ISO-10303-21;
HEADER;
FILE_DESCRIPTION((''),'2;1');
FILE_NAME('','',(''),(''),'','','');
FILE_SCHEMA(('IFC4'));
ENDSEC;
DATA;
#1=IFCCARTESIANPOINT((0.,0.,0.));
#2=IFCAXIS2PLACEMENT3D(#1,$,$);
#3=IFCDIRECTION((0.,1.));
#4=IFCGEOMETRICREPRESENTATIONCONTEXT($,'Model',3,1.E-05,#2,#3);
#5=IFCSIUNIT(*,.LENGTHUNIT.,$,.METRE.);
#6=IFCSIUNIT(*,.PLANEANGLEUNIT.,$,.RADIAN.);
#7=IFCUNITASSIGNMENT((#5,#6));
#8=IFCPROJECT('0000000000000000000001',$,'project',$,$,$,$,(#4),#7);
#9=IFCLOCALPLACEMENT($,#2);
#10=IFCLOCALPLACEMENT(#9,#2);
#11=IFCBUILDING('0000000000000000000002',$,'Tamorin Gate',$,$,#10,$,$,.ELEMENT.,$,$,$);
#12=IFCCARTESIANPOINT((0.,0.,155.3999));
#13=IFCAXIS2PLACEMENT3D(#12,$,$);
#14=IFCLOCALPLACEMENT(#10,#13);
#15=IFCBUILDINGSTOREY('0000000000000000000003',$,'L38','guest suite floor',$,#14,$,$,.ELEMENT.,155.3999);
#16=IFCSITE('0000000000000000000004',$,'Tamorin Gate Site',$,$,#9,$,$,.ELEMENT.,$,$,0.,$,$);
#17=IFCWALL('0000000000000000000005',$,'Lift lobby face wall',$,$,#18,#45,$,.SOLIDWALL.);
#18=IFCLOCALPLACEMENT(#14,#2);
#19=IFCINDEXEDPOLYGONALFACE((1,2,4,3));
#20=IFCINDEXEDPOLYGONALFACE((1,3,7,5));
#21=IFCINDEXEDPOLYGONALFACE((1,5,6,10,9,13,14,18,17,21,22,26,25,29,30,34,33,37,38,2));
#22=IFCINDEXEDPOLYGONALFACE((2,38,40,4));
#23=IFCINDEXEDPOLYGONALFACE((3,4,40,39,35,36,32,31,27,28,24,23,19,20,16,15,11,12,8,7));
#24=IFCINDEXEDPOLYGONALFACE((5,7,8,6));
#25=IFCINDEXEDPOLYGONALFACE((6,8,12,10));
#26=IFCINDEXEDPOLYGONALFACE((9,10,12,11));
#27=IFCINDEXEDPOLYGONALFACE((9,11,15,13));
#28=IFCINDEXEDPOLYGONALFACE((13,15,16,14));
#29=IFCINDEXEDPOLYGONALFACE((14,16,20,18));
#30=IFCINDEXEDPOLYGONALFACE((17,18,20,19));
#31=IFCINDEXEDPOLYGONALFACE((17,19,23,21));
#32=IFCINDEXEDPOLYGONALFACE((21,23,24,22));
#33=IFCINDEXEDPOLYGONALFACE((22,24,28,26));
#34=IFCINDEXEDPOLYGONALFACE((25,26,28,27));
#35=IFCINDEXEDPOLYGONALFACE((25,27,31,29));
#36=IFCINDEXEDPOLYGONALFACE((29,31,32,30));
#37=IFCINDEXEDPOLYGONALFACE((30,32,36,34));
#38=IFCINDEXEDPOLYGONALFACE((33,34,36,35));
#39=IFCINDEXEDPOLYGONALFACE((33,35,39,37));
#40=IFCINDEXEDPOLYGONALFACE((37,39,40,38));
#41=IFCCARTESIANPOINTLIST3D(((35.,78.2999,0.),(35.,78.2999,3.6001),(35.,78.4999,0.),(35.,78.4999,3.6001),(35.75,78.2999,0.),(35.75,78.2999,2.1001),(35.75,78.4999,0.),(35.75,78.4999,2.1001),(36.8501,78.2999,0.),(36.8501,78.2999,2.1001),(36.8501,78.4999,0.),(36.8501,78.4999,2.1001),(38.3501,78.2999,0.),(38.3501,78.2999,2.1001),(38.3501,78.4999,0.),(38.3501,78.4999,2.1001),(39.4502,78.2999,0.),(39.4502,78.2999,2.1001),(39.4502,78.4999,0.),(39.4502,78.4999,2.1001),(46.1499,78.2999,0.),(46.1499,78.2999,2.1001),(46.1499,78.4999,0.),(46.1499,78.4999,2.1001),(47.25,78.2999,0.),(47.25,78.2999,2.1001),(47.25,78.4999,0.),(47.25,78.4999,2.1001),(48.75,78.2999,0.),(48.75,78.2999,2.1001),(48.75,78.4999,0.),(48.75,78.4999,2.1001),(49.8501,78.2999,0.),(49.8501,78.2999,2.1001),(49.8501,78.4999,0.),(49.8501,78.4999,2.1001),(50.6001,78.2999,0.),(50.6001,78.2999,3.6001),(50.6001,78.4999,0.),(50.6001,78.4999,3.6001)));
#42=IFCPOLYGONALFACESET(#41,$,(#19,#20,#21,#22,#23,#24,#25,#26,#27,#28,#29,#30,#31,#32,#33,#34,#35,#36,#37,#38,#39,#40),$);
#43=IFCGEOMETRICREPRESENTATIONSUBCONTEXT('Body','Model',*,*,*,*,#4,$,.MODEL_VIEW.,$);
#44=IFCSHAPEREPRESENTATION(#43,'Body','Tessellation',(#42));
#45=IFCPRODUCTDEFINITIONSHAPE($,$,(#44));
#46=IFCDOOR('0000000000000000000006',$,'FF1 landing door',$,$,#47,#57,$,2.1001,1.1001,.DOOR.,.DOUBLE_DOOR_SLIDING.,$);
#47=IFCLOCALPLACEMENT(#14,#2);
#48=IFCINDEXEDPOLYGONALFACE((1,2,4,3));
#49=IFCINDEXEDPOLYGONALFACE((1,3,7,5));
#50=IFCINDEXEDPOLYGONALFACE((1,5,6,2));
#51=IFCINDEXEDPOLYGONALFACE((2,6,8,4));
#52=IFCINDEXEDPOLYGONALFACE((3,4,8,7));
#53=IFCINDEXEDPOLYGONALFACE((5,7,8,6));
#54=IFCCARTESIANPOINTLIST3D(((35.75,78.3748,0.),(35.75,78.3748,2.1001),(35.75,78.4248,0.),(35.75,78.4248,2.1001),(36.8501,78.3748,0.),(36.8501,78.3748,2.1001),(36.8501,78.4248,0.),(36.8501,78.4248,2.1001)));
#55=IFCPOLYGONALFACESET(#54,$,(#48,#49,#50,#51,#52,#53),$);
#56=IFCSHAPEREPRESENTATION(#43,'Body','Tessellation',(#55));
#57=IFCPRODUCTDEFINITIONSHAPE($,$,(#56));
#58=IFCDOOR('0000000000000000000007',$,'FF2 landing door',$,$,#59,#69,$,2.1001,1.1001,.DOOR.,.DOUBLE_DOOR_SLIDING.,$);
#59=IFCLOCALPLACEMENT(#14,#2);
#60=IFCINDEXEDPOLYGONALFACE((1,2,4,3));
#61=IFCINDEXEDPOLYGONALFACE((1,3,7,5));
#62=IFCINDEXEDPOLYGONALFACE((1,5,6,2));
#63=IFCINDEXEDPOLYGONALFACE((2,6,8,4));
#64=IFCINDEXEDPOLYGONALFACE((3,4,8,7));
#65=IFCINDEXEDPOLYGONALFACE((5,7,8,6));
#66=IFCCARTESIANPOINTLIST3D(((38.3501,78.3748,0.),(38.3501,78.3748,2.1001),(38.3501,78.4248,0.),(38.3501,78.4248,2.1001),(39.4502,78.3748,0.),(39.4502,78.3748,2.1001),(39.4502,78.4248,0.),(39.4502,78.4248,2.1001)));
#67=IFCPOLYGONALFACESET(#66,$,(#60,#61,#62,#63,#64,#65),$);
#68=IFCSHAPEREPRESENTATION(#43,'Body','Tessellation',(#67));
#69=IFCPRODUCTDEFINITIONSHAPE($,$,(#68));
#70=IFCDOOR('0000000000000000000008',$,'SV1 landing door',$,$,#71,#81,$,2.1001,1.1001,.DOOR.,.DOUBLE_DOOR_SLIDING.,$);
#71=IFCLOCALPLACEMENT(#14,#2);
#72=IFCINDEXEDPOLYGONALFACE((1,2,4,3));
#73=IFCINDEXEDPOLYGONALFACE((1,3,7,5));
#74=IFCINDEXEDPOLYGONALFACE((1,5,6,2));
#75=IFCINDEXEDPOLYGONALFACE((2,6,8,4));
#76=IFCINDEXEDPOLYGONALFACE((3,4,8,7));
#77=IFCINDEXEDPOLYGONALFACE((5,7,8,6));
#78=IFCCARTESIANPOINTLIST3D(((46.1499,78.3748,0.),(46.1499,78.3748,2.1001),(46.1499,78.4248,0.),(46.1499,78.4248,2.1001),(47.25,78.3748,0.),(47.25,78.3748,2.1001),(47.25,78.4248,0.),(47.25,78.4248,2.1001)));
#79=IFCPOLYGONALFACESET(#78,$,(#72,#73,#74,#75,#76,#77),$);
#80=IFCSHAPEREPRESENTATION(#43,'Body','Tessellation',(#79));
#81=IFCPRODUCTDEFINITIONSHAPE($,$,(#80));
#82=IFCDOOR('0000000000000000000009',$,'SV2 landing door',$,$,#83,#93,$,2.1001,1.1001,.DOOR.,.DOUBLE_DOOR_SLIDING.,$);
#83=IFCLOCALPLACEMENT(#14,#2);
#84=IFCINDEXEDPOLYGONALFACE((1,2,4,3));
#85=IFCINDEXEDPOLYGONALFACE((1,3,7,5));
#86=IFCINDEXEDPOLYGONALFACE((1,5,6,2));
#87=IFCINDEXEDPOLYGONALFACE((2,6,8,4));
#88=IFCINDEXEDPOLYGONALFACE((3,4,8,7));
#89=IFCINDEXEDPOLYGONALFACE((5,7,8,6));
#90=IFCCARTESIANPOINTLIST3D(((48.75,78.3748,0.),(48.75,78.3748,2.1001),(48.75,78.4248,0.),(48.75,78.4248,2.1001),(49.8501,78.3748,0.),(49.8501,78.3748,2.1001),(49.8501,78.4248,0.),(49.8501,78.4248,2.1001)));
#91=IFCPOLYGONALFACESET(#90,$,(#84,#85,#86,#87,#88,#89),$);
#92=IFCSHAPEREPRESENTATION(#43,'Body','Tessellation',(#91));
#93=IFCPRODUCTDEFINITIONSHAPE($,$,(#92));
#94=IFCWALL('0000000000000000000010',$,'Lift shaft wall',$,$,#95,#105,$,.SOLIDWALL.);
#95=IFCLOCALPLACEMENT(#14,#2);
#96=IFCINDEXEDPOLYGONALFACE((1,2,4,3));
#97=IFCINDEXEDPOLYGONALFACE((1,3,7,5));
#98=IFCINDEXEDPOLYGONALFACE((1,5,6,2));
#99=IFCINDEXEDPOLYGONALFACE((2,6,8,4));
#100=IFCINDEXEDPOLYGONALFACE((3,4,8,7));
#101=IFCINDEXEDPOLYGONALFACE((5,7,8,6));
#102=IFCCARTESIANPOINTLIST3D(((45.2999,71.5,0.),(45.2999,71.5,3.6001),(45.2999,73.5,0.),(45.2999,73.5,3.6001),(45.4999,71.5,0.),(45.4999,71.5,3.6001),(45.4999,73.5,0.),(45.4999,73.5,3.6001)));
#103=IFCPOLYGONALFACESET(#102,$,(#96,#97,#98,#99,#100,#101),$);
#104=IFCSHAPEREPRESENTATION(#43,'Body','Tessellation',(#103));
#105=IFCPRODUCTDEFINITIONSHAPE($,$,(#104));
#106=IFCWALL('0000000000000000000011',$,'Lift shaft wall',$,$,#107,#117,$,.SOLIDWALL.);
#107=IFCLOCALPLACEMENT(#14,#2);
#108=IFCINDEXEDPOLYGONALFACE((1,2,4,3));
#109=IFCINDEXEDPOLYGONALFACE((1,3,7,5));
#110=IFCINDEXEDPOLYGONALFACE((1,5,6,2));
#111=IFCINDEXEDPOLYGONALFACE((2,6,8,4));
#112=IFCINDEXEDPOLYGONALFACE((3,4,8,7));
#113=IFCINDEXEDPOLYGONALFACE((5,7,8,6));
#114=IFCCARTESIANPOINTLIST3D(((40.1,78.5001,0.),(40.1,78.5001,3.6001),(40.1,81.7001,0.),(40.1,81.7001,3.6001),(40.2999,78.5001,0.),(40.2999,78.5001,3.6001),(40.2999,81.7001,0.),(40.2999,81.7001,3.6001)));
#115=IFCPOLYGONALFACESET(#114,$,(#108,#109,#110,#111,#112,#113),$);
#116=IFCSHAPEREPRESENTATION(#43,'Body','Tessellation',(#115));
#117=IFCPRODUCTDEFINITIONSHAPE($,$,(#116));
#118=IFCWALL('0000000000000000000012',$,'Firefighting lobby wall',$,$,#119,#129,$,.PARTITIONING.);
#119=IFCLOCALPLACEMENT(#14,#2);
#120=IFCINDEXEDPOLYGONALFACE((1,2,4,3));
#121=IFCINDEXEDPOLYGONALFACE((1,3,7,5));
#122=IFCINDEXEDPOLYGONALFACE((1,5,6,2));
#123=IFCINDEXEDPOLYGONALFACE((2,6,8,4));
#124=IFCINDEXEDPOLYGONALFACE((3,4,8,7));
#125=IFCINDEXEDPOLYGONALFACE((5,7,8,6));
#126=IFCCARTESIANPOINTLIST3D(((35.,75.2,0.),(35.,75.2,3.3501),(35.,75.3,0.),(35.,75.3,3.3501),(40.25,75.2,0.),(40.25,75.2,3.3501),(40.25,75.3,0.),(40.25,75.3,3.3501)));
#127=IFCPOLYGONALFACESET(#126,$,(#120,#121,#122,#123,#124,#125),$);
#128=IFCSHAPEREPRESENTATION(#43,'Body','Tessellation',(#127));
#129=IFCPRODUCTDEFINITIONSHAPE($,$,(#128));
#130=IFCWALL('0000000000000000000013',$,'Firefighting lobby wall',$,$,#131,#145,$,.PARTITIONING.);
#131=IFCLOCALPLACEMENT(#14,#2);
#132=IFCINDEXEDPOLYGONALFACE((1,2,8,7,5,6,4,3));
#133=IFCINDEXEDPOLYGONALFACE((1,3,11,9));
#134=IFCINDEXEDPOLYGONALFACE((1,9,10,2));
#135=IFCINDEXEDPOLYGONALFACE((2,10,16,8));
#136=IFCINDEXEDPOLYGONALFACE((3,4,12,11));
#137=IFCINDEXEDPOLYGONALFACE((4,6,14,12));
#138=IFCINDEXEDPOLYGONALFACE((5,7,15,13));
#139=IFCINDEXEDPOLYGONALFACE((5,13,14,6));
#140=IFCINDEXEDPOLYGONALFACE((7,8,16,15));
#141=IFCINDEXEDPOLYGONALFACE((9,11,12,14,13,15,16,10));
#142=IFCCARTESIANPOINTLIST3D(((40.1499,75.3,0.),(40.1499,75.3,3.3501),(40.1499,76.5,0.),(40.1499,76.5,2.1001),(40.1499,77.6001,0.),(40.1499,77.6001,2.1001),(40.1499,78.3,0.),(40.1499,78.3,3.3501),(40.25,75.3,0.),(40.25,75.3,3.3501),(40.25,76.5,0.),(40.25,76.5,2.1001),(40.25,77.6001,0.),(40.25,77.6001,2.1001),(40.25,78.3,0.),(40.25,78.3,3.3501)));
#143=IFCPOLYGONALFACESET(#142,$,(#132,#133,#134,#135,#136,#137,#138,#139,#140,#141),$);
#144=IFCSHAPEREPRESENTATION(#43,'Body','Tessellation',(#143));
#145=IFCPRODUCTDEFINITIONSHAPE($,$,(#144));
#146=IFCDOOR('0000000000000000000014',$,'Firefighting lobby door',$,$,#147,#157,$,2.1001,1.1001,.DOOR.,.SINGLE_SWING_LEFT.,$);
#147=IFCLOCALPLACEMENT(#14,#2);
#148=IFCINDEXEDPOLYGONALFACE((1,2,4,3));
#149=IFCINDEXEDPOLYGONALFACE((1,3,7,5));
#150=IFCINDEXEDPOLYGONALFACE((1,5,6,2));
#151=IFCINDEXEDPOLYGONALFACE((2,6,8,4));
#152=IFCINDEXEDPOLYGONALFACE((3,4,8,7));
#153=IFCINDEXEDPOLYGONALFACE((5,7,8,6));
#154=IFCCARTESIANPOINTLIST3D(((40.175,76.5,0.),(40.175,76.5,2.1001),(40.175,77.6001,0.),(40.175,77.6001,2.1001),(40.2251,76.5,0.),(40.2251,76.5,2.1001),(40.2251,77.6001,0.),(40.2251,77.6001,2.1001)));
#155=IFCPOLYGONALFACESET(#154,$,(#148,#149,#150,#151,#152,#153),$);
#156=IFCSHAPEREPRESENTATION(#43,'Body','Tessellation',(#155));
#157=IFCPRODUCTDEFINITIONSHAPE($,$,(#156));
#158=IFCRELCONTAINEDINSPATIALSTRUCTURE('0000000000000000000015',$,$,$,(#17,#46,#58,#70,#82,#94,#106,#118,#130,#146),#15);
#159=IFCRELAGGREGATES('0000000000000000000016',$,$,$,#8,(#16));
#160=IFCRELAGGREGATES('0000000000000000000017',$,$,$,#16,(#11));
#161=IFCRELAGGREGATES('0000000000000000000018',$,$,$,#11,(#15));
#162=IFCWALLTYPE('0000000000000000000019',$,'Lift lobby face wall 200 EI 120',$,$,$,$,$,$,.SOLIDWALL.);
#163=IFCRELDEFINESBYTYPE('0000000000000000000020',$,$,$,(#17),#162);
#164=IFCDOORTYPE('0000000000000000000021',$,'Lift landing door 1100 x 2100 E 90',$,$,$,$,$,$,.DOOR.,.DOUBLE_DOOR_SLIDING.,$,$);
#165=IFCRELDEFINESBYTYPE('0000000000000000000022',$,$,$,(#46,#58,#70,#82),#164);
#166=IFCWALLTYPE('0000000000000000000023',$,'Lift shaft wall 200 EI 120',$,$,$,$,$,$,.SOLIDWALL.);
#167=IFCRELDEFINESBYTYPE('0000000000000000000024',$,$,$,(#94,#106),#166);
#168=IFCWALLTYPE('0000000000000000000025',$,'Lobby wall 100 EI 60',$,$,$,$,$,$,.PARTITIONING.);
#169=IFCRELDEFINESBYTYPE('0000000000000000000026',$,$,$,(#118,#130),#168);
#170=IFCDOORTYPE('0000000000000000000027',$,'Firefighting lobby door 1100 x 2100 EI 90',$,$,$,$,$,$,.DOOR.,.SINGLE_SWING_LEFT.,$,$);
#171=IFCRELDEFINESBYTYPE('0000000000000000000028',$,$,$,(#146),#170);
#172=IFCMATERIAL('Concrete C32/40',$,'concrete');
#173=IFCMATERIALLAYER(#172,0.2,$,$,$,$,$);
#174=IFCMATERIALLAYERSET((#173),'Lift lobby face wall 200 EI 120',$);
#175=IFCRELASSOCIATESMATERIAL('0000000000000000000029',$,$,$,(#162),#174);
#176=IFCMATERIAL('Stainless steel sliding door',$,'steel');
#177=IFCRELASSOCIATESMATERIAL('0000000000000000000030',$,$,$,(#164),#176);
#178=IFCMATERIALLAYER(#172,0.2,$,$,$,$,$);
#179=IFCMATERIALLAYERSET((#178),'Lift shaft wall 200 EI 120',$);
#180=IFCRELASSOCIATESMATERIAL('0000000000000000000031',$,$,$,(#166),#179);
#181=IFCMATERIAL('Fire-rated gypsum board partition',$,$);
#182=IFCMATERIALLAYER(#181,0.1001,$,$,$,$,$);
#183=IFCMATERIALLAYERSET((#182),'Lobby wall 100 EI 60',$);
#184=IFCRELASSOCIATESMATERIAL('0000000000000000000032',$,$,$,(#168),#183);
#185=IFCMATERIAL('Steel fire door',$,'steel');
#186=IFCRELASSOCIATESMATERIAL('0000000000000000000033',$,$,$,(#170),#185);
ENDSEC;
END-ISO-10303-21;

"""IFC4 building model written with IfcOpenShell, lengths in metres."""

from ifc_helpers import new_model, si_unit, direction, frame, frame_2d, origin, place, context, subcontext, project, spatial, rectangle, extrude, material, layer, layer_set, type_object, element, fill, save


model = new_model("IFC4")

# Units and contexts
model_context = context("Model", 3, precision=1e-05, world=origin(), true_north=direction((0.0, 1.0)))
body_context = subcontext(model_context, "Body", "Model", "MODEL_VIEW")
ifc_project = project(units=[si_unit("LENGTHUNIT", "METRE"), si_unit("PLANEANGLEUNIT", "RADIAN")], contexts=[model_context])

# Site, building, storey
site_placement = place(None, origin())
site = spatial("IfcSite", under=ifc_project, at=site_placement, Name="Tamorin Gate Site", CompositionType="ELEMENT", RefElevation=0.0)
building_placement = place(site_placement, origin())
building = spatial("IfcBuilding", under=site, at=building_placement, Name="Tamorin Gate", CompositionType="ELEMENT")
storey_placement = place(building_placement, frame((0.0, 0.0, 155.3999)))
storey = spatial("IfcBuildingStorey", under=building, at=storey_placement, Name="L38", Description="guest suite floor", CompositionType="ELEMENT", Elevation=155.3999)

# Wall, openings, doors
ifc_material_1 = material(Name="Concrete C32/40", Category="concrete")
ifc_layer_1 = layer(ifc_material_1, 0.2)
ifc_layer_set_1 = layer_set([ifc_layer_1], Name="Lift lobby face wall 200 EI 120")
wall_type_1 = type_object("IfcWallType", Name="Lift lobby face wall 200 EI 120", PredefinedType="SOLIDWALL", material=ifc_layer_set_1)
ifc_material_2 = material(Name="Stainless steel sliding door", Category="steel")
door_type_1 = type_object("IfcDoorType", Name="Lift landing door 1100 x 2100 E 90", OperationType="DOUBLE_DOOR_SLIDING", PredefinedType="DOOR", material=ifc_material_2)
wall_1_placement = place(storey_placement, frame((35.0, 78.3999, 0.0), z_axis=(0.0, 0.0, 1.0), x_axis=(1.0, 0.0, 0.0)))
wall_1 = element("IfcWall", 1, at=wall_1_placement, inside=storey, type_object=wall_type_1, Name="Lift lobby face wall", PredefinedType="SOLIDWALL", context=body_context, shape_type="SweptSolid", body=[
    extrude(rectangle(XDim=15.6001, YDim=0.2, at=frame_2d((7.8, 0.0))), origin(), (0.0, 0.0, 1.0), 3.6001),
])
opening_1_placement = place(wall_1_placement, frame((0.75, 0.0, 0.0)))
opening_1 = element("IfcOpeningElement", 2, at=opening_1_placement, cuts=wall_1, PredefinedType="OPENING", context=body_context, shape_type="SweptSolid", body=[
    extrude(rectangle(XDim=1.1001, YDim=2.1001, at=frame_2d((0.55, 1.05))), frame((0.0, 0.1099, 0.0), z_axis=(0.0, -1.0, 0.0), x_axis=(1.0, 0.0, 0.0)), (0.0, 0.0, 1.0), 0.22),
])
opening_2_placement = place(wall_1_placement, frame((3.3501, 0.0, 0.0)))
opening_2 = element("IfcOpeningElement", 3, at=opening_2_placement, cuts=wall_1, PredefinedType="OPENING", context=body_context, shape_type="SweptSolid", body=[
    extrude(rectangle(XDim=1.1001, YDim=2.1001, at=frame_2d((0.55, 1.05))), frame((0.0, 0.1099, 0.0), z_axis=(0.0, -1.0, 0.0), x_axis=(1.0, 0.0, 0.0)), (0.0, 0.0, 1.0), 0.22),
])
opening_3_placement = place(wall_1_placement, frame((11.1499, 0.0, 0.0)))
opening_3 = element("IfcOpeningElement", 4, at=opening_3_placement, cuts=wall_1, PredefinedType="OPENING", context=body_context, shape_type="SweptSolid", body=[
    extrude(rectangle(XDim=1.1001, YDim=2.1001, at=frame_2d((0.55, 1.05))), frame((0.0, 0.1099, 0.0), z_axis=(0.0, -1.0, 0.0), x_axis=(1.0, 0.0, 0.0)), (0.0, 0.0, 1.0), 0.22),
])
opening_4_placement = place(wall_1_placement, frame((13.75, 0.0, 0.0)))
opening_4 = element("IfcOpeningElement", 5, at=opening_4_placement, cuts=wall_1, PredefinedType="OPENING", context=body_context, shape_type="SweptSolid", body=[
    extrude(rectangle(XDim=1.1001, YDim=2.1001, at=frame_2d((0.55, 1.05))), frame((0.0, 0.1099, 0.0), z_axis=(0.0, -1.0, 0.0), x_axis=(1.0, 0.0, 0.0)), (0.0, 0.0, 1.0), 0.22),
])
door_1_placement = place(opening_1_placement, origin())
door_1 = element("IfcDoor", 6, at=door_1_placement, inside=storey, type_object=door_type_1, Name="FF1 landing door", OperationType="DOUBLE_DOOR_SLIDING", OverallHeight=2.1001, OverallWidth=1.1001, PredefinedType="DOOR", context=body_context, shape_type="SweptSolid", body=[
    extrude(rectangle(XDim=1.1001, YDim=2.1001, at=frame_2d((0.55, 1.05))), frame((0.0, 0.0249, 0.0), z_axis=(0.0, -1.0, 0.0), x_axis=(1.0, 0.0, 0.0)), (0.0, 0.0, 1.0), 0.05),
])
fill(opening_1, door_1)
door_2_placement = place(opening_2_placement, origin())
door_2 = element("IfcDoor", 7, at=door_2_placement, inside=storey, type_object=door_type_1, Name="FF2 landing door", OperationType="DOUBLE_DOOR_SLIDING", OverallHeight=2.1001, OverallWidth=1.1001, PredefinedType="DOOR", context=body_context, shape_type="SweptSolid", body=[
    extrude(rectangle(XDim=1.1001, YDim=2.1001, at=frame_2d((0.55, 1.05))), frame((0.0, 0.0249, 0.0), z_axis=(0.0, -1.0, 0.0), x_axis=(1.0, 0.0, 0.0)), (0.0, 0.0, 1.0), 0.05),
])
fill(opening_2, door_2)
door_3_placement = place(opening_3_placement, origin())
door_3 = element("IfcDoor", 8, at=door_3_placement, inside=storey, type_object=door_type_1, Name="SV1 landing door", OperationType="DOUBLE_DOOR_SLIDING", OverallHeight=2.1001, OverallWidth=1.1001, PredefinedType="DOOR", context=body_context, shape_type="SweptSolid", body=[
    extrude(rectangle(XDim=1.1001, YDim=2.1001, at=frame_2d((0.55, 1.05))), frame((0.0, 0.0249, 0.0), z_axis=(0.0, -1.0, 0.0), x_axis=(1.0, 0.0, 0.0)), (0.0, 0.0, 1.0), 0.05),
])
fill(opening_3, door_3)
door_4_placement = place(opening_4_placement, origin())
door_4 = element("IfcDoor", 9, at=door_4_placement, inside=storey, type_object=door_type_1, Name="SV2 landing door", OperationType="DOUBLE_DOOR_SLIDING", OverallHeight=2.1001, OverallWidth=1.1001, PredefinedType="DOOR", context=body_context, shape_type="SweptSolid", body=[
    extrude(rectangle(XDim=1.1001, YDim=2.1001, at=frame_2d((0.55, 1.05))), frame((0.0, 0.0249, 0.0), z_axis=(0.0, -1.0, 0.0), x_axis=(1.0, 0.0, 0.0)), (0.0, 0.0, 1.0), 0.05),
])
fill(opening_4, door_4)

# Walls
ifc_layer_2 = layer(ifc_material_1, 0.2)
ifc_layer_set_2 = layer_set([ifc_layer_2], Name="Lift shaft wall 200 EI 120")
wall_type_2 = type_object("IfcWallType", Name="Lift shaft wall 200 EI 120", PredefinedType="SOLIDWALL", material=ifc_layer_set_2)
wall_2_placement = place(storey_placement, frame((45.3999, 71.5, 0.0), z_axis=(0.0, 0.0, 1.0), x_axis=(0.0, 1.0, 0.0)))
element("IfcWall", 10, at=wall_2_placement, inside=storey, type_object=wall_type_2, Name="Lift shaft wall", PredefinedType="SOLIDWALL", context=body_context, shape_type="SweptSolid", body=[
    extrude(rectangle(XDim=2.0, YDim=0.2, at=frame_2d((1.0, 0.0))), origin(), (0.0, 0.0, 1.0), 3.6001),
])
wall_3_placement = place(storey_placement, frame((40.2, 78.5, 0.0), z_axis=(0.0, 0.0, 1.0), x_axis=(0.0, 1.0, 0.0)))
element("IfcWall", 11, at=wall_3_placement, inside=storey, type_object=wall_type_2, Name="Lift shaft wall", PredefinedType="SOLIDWALL", context=body_context, shape_type="SweptSolid", body=[
    extrude(rectangle(XDim=3.2, YDim=0.2, at=frame_2d((1.6001, 0.0))), origin(), (0.0, 0.0, 1.0), 3.6001),
])
ifc_material_3 = material(Name="Fire-rated gypsum board partition")
ifc_layer_3 = layer(ifc_material_3, 0.1001)
ifc_layer_set_3 = layer_set([ifc_layer_3], Name="Lobby wall 100 EI 60")
wall_type_3 = type_object("IfcWallType", Name="Lobby wall 100 EI 60", PredefinedType="PARTITIONING", material=ifc_layer_set_3)
wall_4_placement = place(storey_placement, frame((35.0, 75.25, 0.0), z_axis=(0.0, 0.0, 1.0), x_axis=(1.0, 0.0, 0.0)))
element("IfcWall", 12, at=wall_4_placement, inside=storey, type_object=wall_type_3, Name="Firefighting lobby wall", PredefinedType="PARTITIONING", context=body_context, shape_type="SweptSolid", body=[
    extrude(rectangle(XDim=5.25, YDim=0.1001, at=frame_2d((2.625, 0.0))), origin(), (0.0, 0.0, 1.0), 3.3501),
])

# Wall, opening, door
wall_5_placement = place(storey_placement, frame((40.2, 75.3, 0.0), z_axis=(0.0, 0.0, 1.0), x_axis=(0.0, 1.0, 0.0)))
wall_5 = element("IfcWall", 13, at=wall_5_placement, inside=storey, type_object=wall_type_3, Name="Firefighting lobby wall", PredefinedType="PARTITIONING", context=body_context, shape_type="SweptSolid", body=[
    extrude(rectangle(XDim=3.0, YDim=0.1001, at=frame_2d((1.5, 0.0))), origin(), (0.0, 0.0, 1.0), 3.3501),
])
opening_5_placement = place(wall_5_placement, frame((1.2, 0.0, 0.0)))
opening_5 = element("IfcOpeningElement", 14, at=opening_5_placement, cuts=wall_5, PredefinedType="OPENING", context=body_context, shape_type="SweptSolid", body=[
    extrude(rectangle(XDim=1.1001, YDim=2.1001, at=frame_2d((0.55, 1.05))), frame((0.0, 0.0601, 0.0), z_axis=(0.0, -1.0, 0.0), x_axis=(1.0, 0.0, 0.0)), (0.0, 0.0, 1.0), 0.1201),
])
ifc_material_4 = material(Name="Steel fire door", Category="steel")
door_type_2 = type_object("IfcDoorType", Name="Firefighting lobby door 1100 x 2100 EI 90", OperationType="SINGLE_SWING_LEFT", PredefinedType="DOOR", material=ifc_material_4)
door_5_placement = place(opening_5_placement, origin())
door_5 = element("IfcDoor", 15, at=door_5_placement, inside=storey, type_object=door_type_2, Name="Firefighting lobby door", OperationType="SINGLE_SWING_LEFT", OverallHeight=2.1001, OverallWidth=1.1001, PredefinedType="DOOR", context=body_context, shape_type="SweptSolid", body=[
    extrude(rectangle(XDim=1.1001, YDim=2.1001, at=frame_2d((0.55, 1.05))), frame((0.0, 0.0249, 0.0), z_axis=(0.0, -1.0, 0.0), x_axis=(1.0, 0.0, 0.0)), (0.0, 0.0, 1.0), 0.05),
])
fill(opening_5, door_5)

save(model, "model.ifc")
